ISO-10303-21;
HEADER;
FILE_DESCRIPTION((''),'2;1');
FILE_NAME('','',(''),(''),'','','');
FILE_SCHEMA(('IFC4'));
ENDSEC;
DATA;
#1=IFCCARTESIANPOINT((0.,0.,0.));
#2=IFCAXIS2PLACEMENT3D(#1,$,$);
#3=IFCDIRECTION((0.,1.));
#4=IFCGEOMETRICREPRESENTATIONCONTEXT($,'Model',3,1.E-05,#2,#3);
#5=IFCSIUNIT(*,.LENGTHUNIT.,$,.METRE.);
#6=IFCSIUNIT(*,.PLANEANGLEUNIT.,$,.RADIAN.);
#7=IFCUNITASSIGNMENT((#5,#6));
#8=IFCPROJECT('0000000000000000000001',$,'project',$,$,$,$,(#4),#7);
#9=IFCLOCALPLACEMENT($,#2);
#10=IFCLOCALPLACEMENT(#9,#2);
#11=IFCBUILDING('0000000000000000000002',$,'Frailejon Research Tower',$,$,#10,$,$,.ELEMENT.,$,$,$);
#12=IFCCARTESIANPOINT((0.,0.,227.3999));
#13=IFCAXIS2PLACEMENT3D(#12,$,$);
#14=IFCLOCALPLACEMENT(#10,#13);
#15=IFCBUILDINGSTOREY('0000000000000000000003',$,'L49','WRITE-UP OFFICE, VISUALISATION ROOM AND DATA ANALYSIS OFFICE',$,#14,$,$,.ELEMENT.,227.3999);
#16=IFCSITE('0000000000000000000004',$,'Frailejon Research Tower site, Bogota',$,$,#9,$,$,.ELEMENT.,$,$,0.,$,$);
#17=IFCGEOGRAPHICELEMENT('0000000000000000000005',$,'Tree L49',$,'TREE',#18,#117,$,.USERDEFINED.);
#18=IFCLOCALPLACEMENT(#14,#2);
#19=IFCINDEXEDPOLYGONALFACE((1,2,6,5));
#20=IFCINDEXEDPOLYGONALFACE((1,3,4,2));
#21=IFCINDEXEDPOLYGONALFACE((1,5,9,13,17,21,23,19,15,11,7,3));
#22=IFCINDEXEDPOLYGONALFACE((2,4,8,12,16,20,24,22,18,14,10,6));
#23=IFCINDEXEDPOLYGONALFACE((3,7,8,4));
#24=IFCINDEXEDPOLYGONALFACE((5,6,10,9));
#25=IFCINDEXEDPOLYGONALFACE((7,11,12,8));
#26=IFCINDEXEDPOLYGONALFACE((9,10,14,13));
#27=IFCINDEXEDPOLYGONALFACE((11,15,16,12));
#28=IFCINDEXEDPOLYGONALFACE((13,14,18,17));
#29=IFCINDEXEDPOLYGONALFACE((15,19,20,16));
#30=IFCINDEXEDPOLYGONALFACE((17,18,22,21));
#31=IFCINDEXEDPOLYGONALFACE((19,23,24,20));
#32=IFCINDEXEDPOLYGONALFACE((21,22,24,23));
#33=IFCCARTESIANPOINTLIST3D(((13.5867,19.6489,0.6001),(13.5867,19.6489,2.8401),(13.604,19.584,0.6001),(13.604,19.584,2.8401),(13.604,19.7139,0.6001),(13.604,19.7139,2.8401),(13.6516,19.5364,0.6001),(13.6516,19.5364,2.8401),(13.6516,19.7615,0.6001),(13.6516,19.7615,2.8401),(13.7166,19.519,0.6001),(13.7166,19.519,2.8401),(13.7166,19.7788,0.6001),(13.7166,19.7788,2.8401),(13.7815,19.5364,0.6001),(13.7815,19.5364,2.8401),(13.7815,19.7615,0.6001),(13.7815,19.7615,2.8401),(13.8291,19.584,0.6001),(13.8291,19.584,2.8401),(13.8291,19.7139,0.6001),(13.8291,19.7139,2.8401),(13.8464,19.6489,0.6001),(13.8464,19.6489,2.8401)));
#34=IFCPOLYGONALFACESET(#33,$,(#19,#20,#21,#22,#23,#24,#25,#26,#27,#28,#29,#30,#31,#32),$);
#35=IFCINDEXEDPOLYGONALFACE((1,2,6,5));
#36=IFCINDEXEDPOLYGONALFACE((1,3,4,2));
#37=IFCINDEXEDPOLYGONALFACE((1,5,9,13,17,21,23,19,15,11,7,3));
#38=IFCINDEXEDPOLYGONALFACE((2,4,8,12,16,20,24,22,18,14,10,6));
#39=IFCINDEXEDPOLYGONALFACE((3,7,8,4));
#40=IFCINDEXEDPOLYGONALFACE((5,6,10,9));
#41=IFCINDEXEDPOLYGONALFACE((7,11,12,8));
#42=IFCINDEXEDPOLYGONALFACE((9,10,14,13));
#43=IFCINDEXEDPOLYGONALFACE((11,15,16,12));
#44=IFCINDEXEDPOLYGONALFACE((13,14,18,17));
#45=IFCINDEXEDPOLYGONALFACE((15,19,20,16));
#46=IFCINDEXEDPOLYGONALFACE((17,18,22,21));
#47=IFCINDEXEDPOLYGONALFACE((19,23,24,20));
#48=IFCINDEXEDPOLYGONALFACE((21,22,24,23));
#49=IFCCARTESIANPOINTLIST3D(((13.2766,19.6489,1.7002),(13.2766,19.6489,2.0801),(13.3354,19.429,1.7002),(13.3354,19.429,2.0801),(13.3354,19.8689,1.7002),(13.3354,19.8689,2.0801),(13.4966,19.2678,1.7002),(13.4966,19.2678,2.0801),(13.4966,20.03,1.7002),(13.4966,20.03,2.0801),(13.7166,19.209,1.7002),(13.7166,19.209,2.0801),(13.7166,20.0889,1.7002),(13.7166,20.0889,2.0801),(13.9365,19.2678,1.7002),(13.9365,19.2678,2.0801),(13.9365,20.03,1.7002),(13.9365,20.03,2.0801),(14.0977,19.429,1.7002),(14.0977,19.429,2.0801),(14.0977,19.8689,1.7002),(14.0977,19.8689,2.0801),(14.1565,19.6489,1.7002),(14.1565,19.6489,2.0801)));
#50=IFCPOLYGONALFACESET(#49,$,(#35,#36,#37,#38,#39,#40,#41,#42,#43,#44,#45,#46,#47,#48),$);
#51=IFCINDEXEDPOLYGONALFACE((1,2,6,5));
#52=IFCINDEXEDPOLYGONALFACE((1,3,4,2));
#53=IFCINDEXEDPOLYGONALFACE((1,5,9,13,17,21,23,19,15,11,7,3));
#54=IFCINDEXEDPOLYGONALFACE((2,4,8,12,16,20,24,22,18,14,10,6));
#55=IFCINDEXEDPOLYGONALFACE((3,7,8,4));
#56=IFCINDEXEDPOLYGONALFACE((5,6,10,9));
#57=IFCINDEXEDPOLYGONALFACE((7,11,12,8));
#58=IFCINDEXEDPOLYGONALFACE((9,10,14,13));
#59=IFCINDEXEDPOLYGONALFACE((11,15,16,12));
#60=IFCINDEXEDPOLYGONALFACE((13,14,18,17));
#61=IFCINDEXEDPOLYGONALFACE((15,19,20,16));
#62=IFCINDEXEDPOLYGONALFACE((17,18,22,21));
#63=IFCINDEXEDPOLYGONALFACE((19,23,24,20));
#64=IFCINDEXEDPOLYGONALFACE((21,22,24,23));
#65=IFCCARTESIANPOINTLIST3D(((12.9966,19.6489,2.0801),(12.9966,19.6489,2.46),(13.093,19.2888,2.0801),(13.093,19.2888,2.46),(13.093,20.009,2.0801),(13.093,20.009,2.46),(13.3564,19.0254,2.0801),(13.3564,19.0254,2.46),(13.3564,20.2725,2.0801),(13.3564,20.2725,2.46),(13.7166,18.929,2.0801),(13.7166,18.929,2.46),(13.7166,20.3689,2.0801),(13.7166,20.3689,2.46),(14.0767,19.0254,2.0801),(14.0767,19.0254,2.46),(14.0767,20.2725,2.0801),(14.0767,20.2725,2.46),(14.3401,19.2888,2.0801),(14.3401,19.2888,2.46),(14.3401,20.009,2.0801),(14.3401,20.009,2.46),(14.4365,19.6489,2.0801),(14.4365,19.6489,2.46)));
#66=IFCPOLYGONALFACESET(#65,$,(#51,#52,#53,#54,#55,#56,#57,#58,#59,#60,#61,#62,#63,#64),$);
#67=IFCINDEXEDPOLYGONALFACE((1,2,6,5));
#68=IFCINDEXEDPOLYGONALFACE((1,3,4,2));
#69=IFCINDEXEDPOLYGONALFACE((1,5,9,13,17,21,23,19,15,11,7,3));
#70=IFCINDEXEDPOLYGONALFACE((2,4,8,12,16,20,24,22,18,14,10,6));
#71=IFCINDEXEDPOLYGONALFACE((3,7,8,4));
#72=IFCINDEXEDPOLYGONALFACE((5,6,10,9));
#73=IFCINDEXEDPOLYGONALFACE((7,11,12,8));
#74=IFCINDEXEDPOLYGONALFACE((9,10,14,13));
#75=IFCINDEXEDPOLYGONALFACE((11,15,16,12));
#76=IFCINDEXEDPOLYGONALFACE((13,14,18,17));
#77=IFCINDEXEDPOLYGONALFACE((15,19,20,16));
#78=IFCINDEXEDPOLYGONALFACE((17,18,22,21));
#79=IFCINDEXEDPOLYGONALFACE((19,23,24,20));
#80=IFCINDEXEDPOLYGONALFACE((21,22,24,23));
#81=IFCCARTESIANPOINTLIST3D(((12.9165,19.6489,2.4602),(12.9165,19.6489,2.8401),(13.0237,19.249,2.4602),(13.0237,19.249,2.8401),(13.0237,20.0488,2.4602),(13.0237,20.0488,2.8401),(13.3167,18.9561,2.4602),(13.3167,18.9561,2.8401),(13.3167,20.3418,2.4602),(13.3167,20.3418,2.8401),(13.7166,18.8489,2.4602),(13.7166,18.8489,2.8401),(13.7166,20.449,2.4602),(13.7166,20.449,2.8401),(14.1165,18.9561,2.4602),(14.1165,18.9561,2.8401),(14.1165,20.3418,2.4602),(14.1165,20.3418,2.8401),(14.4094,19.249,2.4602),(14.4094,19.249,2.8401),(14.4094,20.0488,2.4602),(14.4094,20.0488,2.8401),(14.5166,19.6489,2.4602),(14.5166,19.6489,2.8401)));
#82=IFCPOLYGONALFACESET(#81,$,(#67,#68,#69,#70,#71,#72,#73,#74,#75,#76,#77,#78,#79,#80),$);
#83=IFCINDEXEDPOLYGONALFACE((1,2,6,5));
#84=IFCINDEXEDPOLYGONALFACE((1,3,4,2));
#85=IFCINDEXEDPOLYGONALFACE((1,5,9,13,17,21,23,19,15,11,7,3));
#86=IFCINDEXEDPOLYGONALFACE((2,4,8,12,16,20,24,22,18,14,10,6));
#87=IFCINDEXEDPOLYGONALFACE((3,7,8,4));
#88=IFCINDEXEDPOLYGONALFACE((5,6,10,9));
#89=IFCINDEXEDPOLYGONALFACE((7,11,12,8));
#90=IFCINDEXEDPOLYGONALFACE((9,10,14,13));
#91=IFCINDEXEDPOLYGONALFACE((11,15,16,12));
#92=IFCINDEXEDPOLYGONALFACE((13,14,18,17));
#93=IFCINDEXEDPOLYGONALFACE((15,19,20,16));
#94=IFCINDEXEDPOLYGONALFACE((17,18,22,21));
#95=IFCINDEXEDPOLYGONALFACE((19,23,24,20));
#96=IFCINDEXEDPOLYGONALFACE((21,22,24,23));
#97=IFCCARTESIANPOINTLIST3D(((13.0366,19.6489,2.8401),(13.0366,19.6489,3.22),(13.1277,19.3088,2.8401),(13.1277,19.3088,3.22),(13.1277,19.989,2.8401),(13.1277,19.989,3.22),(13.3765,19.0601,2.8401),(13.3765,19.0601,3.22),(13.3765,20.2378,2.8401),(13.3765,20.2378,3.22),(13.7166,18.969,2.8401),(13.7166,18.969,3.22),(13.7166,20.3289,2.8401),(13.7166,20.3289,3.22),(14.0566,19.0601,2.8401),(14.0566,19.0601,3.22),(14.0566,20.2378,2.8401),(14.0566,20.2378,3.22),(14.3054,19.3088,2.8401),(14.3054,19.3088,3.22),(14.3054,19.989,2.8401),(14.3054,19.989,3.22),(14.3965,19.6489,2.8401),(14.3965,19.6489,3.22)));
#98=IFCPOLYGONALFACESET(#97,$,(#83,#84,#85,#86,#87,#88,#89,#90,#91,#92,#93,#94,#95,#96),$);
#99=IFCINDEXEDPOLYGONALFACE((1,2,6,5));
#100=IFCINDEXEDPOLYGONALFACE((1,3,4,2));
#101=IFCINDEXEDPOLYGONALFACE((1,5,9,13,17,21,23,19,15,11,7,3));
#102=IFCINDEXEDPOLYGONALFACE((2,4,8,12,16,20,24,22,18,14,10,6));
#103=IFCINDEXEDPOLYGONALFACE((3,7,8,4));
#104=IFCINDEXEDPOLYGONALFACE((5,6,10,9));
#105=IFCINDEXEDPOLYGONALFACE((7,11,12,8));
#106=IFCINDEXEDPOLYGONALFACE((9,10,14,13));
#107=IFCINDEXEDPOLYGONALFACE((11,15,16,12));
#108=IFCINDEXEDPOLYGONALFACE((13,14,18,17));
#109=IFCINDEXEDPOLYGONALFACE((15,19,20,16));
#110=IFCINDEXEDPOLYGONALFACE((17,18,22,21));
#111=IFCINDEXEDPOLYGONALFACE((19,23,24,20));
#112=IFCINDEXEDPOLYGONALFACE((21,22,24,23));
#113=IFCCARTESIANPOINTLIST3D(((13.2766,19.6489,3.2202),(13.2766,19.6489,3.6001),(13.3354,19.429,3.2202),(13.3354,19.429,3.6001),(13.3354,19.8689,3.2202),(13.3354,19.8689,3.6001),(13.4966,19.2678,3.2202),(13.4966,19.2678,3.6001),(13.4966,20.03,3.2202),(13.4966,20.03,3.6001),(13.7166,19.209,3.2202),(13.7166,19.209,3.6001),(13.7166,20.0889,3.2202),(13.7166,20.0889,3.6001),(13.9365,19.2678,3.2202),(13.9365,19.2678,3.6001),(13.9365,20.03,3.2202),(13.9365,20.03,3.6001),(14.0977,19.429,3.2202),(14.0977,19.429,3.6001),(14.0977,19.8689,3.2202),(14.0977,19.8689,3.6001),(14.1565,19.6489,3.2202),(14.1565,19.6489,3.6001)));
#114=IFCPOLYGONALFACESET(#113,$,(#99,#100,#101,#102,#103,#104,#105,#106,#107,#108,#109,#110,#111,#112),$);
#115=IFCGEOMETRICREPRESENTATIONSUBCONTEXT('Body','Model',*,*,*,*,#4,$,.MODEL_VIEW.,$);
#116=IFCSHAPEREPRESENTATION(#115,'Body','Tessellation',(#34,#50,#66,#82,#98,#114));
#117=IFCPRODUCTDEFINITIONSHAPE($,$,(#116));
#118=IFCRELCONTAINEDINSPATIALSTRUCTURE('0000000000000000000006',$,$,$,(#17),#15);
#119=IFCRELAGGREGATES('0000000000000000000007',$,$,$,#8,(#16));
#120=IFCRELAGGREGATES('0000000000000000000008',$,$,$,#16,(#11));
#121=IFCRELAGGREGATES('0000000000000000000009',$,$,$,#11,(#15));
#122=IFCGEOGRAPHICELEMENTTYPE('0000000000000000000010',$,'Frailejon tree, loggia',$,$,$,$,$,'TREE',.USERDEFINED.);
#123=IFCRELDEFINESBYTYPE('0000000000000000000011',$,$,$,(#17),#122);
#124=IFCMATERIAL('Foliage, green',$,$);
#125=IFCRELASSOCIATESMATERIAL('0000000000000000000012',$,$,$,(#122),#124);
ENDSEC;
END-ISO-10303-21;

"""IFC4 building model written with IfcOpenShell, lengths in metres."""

from ifc_helpers import new_model, si_unit, direction, frame, origin, place, context, subcontext, project, spatial, polyline, outline, extrude, material, type_object, element, save


model = new_model("IFC4")

# Units and contexts
model_context = context("Model", 3, precision=1e-05, world=origin(), true_north=direction((0.0, 1.0)))
body_context = subcontext(model_context, "Body", "Model", "MODEL_VIEW")
ifc_project = project(units=[si_unit("LENGTHUNIT", "METRE"), si_unit("PLANEANGLEUNIT", "RADIAN")], contexts=[model_context])

# Site, building, storey
site_placement = place(None, origin())
site = spatial("IfcSite", under=ifc_project, at=site_placement, Name="Frailejon Research Tower site, Bogota", CompositionType="ELEMENT", RefElevation=0.0)
building_placement = place(site_placement, origin())
building = spatial("IfcBuilding", under=site, at=building_placement, Name="Frailejon Research Tower", CompositionType="ELEMENT")
storey_placement = place(building_placement, frame((0.0, 0.0, 227.3999)))
storey = spatial("IfcBuildingStorey", under=building, at=storey_placement, Name="L49", Description="WRITE-UP OFFICE, VISUALISATION ROOM AND DATA ANALYSIS OFFICE", CompositionType="ELEMENT", Elevation=227.3999)

# Geographic element
ifc_material_1 = material(Name="Foliage, green")
geographic_element_type = type_object("IfcGeographicElementType", Name="Frailejon tree, loggia", ElementType="TREE", PredefinedType="USERDEFINED", material=ifc_material_1)
geographic_element_placement = place(storey_placement, frame((13.7166, 19.6489, 0.6001)))
element("IfcGeographicElement", 1, at=geographic_element_placement, inside=storey, type_object=geographic_element_type, Name="Tree L49", ObjectType="TREE", PredefinedType="USERDEFINED", context=body_context, shape_type="SweptSolid", body=[
    extrude(outline(polyline([(0.1299, 0.0), (0.1125, 0.0649), (0.0649, 0.1125), (0.0, 0.1299), (-0.0649, 0.1125), (-0.1125, 0.0649), (-0.1299, 0.0), (-0.1125, -0.0649), (-0.0649, -0.1125), (0.0, -0.1299), (0.0649, -0.1125), (0.1125, -0.0649), (0.1299, 0.0)])), origin(), (0.0, 0.0, 1.0), 2.24),
    extrude(outline(polyline([(0.4399, 0.0), (0.3811, 0.22), (0.22, 0.3811), (0.0, 0.4399), (-0.22, 0.3811), (-0.3811, 0.22), (-0.4399, 0.0), (-0.3811, -0.22), (-0.22, -0.3811), (0.0, -0.4399), (0.22, -0.3811), (0.3811, -0.22), (0.4399, 0.0)])), frame((0.0, 0.0, 1.1001)), (0.0, 0.0, 1.0), 0.3799),
    extrude(outline(polyline([(0.72, 0.0), (0.6235, 0.3601), (0.3601, 0.6235), (0.0, 0.72), (-0.3601, 0.6235), (-0.6235, 0.3601), (-0.72, 0.0), (-0.6235, -0.3601), (-0.3601, -0.6235), (0.0, -0.72), (0.3601, -0.6235), (0.6235, -0.3601), (0.72, 0.0)])), frame((0.0, 0.0, 1.48)), (0.0, 0.0, 1.0), 0.3799),
    extrude(outline(polyline([(0.8, 0.0), (0.6929, 0.3999), (0.3999, 0.6929), (0.0, 0.8), (-0.3999, 0.6929), (-0.6929, 0.3999), (-0.8, 0.0), (-0.6929, -0.3999), (-0.3999, -0.6929), (0.0, -0.8), (0.3999, -0.6929), (0.6929, -0.3999), (0.8, 0.0)])), frame((0.0, 0.0, 1.8601)), (0.0, 0.0, 1.0), 0.3799),
    extrude(outline(polyline([(0.6799, 0.0), (0.5889, 0.3401), (0.3401, 0.5889), (0.0, 0.6799), (-0.3401, 0.5889), (-0.5889, 0.3401), (-0.6799, 0.0), (-0.5889, -0.3401), (-0.3401, -0.5889), (0.0, -0.6799), (0.3401, -0.5889), (0.5889, -0.3401), (0.6799, 0.0)])), frame((0.0, 0.0, 2.24)), (0.0, 0.0, 1.0), 0.3799),
    extrude(outline(polyline([(0.4399, 0.0), (0.3811, 0.22), (0.22, 0.3811), (0.0, 0.4399), (-0.22, 0.3811), (-0.3811, 0.22), (-0.4399, 0.0), (-0.3811, -0.22), (-0.22, -0.3811), (0.0, -0.4399), (0.22, -0.3811), (0.3811, -0.22), (0.4399, 0.0)])), frame((0.0, 0.0, 2.6201)), (0.0, 0.0, 1.0), 0.3799),
])

save(model, "model.ifc")
